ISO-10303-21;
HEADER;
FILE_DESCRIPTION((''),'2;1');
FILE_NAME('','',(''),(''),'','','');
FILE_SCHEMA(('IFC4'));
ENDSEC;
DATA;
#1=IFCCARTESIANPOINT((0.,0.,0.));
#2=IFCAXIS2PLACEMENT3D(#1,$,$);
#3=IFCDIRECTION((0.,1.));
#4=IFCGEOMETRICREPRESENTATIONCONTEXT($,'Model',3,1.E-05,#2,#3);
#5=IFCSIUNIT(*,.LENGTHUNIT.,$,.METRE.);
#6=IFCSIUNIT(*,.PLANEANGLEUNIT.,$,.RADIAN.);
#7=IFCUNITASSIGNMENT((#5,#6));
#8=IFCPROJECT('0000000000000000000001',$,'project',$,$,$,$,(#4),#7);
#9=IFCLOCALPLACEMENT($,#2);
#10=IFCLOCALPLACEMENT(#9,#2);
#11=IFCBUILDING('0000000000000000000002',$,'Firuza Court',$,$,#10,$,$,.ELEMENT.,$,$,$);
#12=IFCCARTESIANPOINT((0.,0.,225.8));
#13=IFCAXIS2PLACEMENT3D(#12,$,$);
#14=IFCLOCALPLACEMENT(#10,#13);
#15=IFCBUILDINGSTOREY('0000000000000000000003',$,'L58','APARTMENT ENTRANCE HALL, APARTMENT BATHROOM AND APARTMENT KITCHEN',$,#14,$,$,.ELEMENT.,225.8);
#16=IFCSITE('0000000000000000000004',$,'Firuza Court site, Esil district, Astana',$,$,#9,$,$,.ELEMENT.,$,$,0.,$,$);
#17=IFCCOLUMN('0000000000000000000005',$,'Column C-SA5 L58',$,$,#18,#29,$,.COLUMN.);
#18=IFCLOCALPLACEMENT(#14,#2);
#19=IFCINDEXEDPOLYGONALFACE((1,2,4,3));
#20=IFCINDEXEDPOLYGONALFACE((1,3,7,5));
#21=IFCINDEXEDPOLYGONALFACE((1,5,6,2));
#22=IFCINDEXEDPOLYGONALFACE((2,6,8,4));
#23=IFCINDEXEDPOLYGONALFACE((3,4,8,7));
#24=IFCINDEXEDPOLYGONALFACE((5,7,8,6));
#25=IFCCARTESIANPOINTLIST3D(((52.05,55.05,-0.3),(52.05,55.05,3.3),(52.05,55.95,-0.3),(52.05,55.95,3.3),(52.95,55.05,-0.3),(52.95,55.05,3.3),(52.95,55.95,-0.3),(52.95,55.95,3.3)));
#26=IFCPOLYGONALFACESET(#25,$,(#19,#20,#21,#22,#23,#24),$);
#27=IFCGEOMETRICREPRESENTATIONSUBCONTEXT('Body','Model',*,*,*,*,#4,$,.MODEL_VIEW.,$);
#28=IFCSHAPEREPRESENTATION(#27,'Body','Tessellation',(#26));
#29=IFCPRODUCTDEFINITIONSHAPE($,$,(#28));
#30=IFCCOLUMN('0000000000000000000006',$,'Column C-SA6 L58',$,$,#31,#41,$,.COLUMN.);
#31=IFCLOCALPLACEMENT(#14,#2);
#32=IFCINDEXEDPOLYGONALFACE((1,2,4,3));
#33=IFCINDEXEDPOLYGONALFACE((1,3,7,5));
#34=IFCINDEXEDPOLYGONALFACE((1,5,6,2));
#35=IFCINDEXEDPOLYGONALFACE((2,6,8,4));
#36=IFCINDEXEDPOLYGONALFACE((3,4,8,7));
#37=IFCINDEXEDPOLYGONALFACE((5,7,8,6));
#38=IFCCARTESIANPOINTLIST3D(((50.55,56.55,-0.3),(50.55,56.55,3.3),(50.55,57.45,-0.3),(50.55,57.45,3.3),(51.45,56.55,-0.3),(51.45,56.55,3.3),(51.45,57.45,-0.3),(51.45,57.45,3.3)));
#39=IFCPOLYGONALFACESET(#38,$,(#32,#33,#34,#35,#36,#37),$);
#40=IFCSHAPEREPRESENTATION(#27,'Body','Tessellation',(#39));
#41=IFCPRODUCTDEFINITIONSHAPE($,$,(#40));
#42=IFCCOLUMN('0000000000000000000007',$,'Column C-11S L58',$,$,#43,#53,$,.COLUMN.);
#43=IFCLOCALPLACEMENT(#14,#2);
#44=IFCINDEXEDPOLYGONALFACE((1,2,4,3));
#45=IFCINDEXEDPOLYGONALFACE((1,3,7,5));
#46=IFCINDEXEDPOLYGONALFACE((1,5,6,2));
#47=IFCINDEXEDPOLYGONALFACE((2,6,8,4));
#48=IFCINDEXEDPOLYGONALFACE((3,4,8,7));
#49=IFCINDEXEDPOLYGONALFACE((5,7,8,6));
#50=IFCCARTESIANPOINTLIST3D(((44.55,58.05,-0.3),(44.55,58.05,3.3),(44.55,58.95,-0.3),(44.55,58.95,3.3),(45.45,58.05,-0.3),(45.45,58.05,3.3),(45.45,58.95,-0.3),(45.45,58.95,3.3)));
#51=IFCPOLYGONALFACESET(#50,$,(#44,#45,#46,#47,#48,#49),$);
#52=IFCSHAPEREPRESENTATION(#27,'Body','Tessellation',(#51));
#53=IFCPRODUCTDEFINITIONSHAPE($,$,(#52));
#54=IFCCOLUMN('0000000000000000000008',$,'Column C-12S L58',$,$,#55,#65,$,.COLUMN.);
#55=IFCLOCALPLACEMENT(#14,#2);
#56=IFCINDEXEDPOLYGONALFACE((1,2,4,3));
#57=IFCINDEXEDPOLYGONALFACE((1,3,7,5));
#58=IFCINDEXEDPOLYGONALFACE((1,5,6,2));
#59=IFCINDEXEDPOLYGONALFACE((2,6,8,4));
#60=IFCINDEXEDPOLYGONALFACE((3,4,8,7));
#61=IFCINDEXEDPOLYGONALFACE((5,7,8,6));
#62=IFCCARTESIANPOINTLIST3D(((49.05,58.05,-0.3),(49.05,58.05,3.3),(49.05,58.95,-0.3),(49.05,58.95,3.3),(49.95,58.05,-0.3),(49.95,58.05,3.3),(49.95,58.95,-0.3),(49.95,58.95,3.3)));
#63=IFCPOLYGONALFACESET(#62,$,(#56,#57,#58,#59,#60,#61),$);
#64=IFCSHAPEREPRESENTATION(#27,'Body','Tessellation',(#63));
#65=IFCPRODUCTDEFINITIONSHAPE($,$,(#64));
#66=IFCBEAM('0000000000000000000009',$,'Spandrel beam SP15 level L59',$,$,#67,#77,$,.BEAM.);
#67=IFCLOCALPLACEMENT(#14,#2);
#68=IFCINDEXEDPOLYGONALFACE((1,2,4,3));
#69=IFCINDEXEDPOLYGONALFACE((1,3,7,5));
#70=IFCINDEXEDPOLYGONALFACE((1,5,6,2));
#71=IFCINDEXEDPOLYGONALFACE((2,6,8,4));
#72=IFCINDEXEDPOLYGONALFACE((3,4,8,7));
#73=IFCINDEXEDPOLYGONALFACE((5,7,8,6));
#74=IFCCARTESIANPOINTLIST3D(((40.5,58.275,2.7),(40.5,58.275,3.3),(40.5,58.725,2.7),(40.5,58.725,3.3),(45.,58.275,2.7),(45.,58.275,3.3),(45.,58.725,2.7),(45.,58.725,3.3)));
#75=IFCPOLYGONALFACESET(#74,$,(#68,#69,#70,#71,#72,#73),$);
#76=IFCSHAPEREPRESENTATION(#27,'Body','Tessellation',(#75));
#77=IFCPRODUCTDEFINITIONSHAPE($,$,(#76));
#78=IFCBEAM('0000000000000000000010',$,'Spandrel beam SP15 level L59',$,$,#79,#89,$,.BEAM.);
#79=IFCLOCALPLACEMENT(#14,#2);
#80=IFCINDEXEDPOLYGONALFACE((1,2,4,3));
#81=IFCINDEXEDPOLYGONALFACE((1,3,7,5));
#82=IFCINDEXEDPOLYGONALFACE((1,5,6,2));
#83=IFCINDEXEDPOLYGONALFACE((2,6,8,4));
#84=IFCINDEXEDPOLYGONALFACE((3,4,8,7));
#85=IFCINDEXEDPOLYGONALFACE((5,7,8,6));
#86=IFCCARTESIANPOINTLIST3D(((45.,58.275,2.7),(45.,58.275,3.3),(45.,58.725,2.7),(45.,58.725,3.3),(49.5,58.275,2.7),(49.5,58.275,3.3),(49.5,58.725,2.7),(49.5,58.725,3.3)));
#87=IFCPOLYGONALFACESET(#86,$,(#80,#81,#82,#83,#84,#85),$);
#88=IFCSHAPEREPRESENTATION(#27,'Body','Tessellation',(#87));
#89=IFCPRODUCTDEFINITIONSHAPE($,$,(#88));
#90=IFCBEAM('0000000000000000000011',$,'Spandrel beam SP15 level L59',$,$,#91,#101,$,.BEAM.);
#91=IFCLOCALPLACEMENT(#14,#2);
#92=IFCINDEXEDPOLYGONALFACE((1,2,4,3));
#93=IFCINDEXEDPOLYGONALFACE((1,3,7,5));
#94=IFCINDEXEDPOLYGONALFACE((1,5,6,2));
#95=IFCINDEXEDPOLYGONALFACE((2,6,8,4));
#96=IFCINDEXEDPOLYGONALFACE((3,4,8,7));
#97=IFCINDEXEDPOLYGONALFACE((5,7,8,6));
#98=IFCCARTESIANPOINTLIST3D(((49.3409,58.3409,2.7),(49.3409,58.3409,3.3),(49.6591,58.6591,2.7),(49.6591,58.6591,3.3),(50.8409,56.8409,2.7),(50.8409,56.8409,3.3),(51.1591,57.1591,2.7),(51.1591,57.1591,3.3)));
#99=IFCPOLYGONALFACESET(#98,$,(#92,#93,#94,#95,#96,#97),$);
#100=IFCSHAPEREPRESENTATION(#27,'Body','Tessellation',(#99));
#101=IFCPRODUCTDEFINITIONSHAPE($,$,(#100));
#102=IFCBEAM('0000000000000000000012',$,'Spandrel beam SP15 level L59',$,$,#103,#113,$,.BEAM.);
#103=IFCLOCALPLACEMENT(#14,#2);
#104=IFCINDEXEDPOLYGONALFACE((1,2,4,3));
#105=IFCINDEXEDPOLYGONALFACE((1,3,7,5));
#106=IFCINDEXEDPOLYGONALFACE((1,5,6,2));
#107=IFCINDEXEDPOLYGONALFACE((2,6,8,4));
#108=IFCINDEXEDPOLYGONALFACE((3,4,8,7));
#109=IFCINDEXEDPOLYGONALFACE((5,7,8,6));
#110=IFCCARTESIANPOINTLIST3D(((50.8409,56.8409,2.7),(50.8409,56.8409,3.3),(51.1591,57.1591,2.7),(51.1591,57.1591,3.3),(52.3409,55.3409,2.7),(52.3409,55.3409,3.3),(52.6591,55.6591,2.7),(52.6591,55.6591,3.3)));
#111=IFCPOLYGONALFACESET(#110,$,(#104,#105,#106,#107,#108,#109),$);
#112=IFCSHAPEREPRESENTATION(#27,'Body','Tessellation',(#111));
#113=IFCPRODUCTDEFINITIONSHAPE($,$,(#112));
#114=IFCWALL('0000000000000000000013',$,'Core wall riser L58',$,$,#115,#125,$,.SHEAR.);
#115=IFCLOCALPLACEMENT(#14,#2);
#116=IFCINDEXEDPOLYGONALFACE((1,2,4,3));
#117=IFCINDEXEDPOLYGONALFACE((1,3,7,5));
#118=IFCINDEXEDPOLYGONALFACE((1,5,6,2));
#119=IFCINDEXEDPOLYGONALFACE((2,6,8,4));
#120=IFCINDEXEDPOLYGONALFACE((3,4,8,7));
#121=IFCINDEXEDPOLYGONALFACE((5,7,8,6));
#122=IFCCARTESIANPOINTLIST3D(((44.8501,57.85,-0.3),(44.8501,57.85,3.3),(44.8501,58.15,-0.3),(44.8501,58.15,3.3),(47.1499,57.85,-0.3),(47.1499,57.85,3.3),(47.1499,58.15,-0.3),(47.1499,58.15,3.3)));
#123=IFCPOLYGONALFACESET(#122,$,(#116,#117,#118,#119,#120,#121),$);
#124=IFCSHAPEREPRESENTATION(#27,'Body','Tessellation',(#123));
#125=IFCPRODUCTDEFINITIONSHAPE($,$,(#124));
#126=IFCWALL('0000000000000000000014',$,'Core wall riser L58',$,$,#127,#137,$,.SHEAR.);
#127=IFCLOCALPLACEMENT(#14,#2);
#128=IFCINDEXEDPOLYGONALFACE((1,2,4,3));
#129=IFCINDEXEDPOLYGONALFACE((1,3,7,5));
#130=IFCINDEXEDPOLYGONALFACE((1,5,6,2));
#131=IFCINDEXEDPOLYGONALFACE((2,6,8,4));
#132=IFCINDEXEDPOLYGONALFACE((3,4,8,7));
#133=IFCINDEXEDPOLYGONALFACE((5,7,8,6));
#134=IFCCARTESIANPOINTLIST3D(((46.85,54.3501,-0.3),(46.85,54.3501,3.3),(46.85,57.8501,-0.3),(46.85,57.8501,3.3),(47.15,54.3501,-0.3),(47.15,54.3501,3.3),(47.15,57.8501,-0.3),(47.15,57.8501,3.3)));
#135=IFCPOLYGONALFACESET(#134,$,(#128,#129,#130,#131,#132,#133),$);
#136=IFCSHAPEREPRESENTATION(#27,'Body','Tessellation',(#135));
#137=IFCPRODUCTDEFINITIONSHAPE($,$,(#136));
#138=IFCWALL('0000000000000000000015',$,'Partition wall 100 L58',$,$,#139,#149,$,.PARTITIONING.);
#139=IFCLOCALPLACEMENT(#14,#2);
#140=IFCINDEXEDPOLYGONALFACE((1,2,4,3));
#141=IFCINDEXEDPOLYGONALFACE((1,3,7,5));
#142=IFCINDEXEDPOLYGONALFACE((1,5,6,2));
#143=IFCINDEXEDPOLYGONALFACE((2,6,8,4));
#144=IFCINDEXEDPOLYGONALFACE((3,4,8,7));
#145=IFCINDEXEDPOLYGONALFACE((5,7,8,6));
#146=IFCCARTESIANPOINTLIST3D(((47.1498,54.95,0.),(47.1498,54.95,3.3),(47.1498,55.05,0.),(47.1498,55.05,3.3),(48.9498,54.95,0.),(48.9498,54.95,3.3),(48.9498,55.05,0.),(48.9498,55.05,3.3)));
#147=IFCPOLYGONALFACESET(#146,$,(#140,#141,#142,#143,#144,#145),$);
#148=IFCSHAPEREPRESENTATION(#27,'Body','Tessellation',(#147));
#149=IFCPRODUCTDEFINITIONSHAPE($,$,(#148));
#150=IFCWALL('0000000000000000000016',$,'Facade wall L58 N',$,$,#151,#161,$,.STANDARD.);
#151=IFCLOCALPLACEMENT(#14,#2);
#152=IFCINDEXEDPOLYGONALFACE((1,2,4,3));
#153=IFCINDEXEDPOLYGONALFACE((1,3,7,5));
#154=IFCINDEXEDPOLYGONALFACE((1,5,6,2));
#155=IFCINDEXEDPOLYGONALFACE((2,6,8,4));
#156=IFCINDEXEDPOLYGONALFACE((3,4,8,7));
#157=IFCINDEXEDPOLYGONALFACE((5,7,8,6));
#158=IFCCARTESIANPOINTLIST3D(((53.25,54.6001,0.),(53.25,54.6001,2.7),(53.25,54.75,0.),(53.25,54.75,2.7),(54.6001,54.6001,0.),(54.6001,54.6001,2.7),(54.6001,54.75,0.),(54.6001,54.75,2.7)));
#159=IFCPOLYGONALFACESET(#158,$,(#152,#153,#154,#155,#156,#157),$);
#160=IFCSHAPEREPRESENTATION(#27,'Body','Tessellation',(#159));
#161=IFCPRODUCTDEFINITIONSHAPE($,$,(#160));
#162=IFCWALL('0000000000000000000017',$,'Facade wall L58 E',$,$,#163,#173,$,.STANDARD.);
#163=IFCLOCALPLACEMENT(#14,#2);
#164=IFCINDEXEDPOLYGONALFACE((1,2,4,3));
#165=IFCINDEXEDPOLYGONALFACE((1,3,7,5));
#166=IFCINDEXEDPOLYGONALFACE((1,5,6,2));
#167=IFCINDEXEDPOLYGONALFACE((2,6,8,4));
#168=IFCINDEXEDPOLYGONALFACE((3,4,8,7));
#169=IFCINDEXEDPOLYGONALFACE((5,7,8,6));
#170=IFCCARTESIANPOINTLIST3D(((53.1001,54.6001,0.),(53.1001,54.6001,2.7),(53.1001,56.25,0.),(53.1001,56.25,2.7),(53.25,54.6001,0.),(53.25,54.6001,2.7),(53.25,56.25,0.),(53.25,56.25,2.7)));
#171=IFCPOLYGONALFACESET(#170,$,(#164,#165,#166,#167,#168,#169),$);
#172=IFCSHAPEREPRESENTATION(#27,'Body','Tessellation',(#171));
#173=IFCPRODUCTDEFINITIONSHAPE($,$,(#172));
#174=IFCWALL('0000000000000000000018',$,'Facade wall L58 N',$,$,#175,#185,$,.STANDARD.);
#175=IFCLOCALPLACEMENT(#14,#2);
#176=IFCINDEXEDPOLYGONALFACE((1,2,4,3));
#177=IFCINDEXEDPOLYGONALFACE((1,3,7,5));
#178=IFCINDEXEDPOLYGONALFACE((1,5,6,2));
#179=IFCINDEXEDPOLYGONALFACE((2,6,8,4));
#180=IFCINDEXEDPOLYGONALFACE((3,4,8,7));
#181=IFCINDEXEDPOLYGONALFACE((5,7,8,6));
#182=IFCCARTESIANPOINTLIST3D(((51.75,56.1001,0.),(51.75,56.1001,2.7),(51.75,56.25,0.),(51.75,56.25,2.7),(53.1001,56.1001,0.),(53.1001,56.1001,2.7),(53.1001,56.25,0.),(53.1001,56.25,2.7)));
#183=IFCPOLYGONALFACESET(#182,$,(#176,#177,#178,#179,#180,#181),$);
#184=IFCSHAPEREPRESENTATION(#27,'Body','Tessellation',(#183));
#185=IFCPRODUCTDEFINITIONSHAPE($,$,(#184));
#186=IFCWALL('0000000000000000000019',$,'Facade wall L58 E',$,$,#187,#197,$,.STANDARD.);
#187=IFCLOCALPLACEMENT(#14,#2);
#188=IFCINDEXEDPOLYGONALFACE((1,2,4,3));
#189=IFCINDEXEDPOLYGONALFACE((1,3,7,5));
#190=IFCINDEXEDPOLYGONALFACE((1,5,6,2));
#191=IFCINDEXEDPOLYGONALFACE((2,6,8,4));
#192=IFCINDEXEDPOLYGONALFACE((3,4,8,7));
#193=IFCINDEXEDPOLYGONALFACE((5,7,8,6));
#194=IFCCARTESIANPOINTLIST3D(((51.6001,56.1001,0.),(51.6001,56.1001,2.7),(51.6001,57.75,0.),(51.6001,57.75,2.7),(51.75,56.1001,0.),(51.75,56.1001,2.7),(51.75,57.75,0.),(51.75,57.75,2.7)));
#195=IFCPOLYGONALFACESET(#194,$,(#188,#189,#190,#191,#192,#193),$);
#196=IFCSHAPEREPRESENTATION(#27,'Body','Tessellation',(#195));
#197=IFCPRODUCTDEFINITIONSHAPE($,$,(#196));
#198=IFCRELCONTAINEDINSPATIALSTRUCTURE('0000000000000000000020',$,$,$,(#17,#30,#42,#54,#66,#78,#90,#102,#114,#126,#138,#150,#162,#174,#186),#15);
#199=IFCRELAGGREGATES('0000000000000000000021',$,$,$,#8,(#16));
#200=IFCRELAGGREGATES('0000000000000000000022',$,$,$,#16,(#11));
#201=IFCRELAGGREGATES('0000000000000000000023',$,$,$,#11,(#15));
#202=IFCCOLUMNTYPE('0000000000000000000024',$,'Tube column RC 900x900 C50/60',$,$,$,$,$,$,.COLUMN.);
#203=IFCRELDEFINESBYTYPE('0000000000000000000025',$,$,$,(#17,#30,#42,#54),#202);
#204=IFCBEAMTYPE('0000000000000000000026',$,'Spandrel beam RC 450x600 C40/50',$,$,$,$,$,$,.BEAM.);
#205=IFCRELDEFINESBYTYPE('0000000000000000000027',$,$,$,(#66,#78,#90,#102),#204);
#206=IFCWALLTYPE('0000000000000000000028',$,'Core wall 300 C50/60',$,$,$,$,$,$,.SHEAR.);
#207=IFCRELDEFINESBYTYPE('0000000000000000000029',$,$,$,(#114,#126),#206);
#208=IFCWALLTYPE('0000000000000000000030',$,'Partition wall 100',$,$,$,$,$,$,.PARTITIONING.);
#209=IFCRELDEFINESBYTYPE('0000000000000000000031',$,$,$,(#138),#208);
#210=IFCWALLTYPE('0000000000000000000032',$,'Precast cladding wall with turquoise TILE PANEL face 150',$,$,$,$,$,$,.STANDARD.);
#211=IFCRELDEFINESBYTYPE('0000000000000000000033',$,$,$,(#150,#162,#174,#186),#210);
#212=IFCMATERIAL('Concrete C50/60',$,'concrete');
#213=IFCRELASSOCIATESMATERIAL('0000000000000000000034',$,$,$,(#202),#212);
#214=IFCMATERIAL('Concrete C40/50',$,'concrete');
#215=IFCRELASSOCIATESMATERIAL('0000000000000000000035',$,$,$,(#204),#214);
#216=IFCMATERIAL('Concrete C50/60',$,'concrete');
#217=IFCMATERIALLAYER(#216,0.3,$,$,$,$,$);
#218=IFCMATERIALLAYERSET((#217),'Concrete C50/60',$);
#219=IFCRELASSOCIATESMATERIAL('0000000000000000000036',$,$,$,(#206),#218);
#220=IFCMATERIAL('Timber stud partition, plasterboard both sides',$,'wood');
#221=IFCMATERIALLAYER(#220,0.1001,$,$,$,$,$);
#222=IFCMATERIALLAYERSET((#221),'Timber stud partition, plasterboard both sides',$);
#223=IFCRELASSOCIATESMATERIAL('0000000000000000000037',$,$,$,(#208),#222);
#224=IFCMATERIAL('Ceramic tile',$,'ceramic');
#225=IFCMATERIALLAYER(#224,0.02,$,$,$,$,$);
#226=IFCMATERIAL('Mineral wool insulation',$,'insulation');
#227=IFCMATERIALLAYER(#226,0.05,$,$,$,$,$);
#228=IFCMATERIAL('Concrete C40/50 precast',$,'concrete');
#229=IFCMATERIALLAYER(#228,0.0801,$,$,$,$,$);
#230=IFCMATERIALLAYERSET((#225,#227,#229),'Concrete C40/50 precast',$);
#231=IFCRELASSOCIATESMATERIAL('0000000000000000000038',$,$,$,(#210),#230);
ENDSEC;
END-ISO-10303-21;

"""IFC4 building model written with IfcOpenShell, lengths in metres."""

from ifc_helpers import new_model, si_unit, direction, frame, frame_2d, origin, origin_2d, place, context, subcontext, project, spatial, rectangle, extrude, material, layer, layer_set, material_profile, profile_set, type_object, element, save


model = new_model("IFC4")

# Units and contexts
model_context = context("Model", 3, precision=1e-05, world=origin(), true_north=direction((0.0, 1.0)))
body_context = subcontext(model_context, "Body", "Model", "MODEL_VIEW")
ifc_project = project(units=[si_unit("LENGTHUNIT", "METRE"), si_unit("PLANEANGLEUNIT", "RADIAN")], contexts=[model_context])

# Site, building, storey
site_placement = place(None, origin())
site = spatial("IfcSite", under=ifc_project, at=site_placement, Name="Firuza Court site, Esil district, Astana", CompositionType="ELEMENT", RefElevation=0.0)
building_placement = place(site_placement, origin())
building = spatial("IfcBuilding", under=site, at=building_placement, Name="Firuza Court", CompositionType="ELEMENT")
storey_placement = place(building_placement, frame((0.0, 0.0, 225.8)))
storey = spatial("IfcBuildingStorey", under=building, at=storey_placement, Name="L58", Description="APARTMENT ENTRANCE HALL, APARTMENT BATHROOM AND APARTMENT KITCHEN", CompositionType="ELEMENT", Elevation=225.8)

# Columns
ifc_material_1 = material(Name="Concrete C50/60", Category="concrete")
ifc_material_profile_1 = material_profile(ifc_material_1, rectangle(XDim=0.8999, YDim=0.8999, at=origin_2d()), Name="RC 900x900")
ifc_profile_set_1 = profile_set([ifc_material_profile_1], Name="Concrete C50/60")
column_type = type_object("IfcColumnType", Name="Tube column RC 900x900 C50/60", PredefinedType="COLUMN", material=ifc_profile_set_1)
for number, where, z_axis, x_axis, name in (
    (1, (52.5, 55.5, -0.3), (0.0, 0.0, 1.0), (1.0, 0.0, 0.0), "Column C-SA5 L58"),
    (2, (51.0, 57.0, -0.3), (0.0, 0.0, 1.0), (1.0, 0.0, 0.0), "Column C-SA6 L58"),
    (3, (45.0, 58.5, -0.3), (0.0, 0.0, 1.0), (1.0, 0.0, 0.0), "Column C-11S L58"),
    (4, (49.5, 58.5, -0.3), (0.0, 0.0, 1.0), (1.0, 0.0, 0.0), "Column C-12S L58"),
):
    element("IfcColumn", number, at=place(storey_placement, frame(where, z_axis=z_axis, x_axis=x_axis)), inside=storey, type_object=column_type, Name=name, PredefinedType="COLUMN", context=body_context, shape_type="SweptSolid", body=[
        extrude(rectangle(XDim=0.8999, YDim=0.8999, at=origin_2d()), origin(), (0.0, 0.0, 1.0), 3.6001),
    ])

# Beams
ifc_material_2 = material(Name="Concrete C40/50", Category="concrete")
ifc_material_profile_2 = material_profile(ifc_material_2, rectangle(XDim=0.45, YDim=0.6001, at=origin_2d()), Name="RC 450x600")
ifc_profile_set_2 = profile_set([ifc_material_profile_2], Name="Concrete C40/50")
beam_type = type_object("IfcBeamType", Name="Spandrel beam RC 450x600 C40/50", PredefinedType="BEAM", material=ifc_profile_set_2)
for number, where, z_axis, x_axis, name in (
    (5, (45.0, 58.5, 3.0), (-1.0, 0.0, 0.0), (0.0, -1.0, 0.0), "Spandrel beam SP15 level L59"),
    (6, (49.5, 58.5, 3.0), (-1.0, 0.0, 0.0), (0.0, -1.0, 0.0), "Spandrel beam SP15 level L59"),
):
    element("IfcBeam", number, at=place(storey_placement, frame(where, z_axis=z_axis, x_axis=x_axis)), inside=storey, type_object=beam_type, Name=name, PredefinedType="BEAM", context=body_context, shape_type="SweptSolid", body=[
        extrude(rectangle(XDim=0.45, YDim=0.6001, at=origin_2d()), origin(), (0.0, 0.0, 1.0), 4.5),
    ])
for number, where, z_axis, x_axis, name in (
    (7, (51.0, 57.0, 3.0), (-0.707107, 0.707107, 0.0), (-0.707107, -0.707107, 0.0), "Spandrel beam SP15 level L59"),
    (8, (52.5, 55.5, 3.0), (-0.707107, 0.707107, 0.0), (-0.707107, -0.707107, 0.0), "Spandrel beam SP15 level L59"),
):
    element("IfcBeam", number, at=place(storey_placement, frame(where, z_axis=z_axis, x_axis=x_axis)), inside=storey, type_object=beam_type, Name=name, PredefinedType="BEAM", context=body_context, shape_type="SweptSolid", body=[
        extrude(rectangle(XDim=0.45, YDim=0.6001, at=origin_2d()), origin(), (0.0, 0.0, 1.0), 2.1213),
    ])

# Walls
ifc_material_3 = material(Name="Concrete C50/60", Category="concrete")
ifc_layer_1 = layer(ifc_material_3, 0.3)
ifc_layer_set_1 = layer_set([ifc_layer_1], Name="Concrete C50/60")
wall_type_1 = type_object("IfcWallType", Name="Core wall 300 C50/60", PredefinedType="SHEAR", material=ifc_layer_set_1)
wall_1_placement = place(storey_placement, frame((44.8501, 58.0, -0.3), z_axis=(0.0, 0.0, 1.0), x_axis=(1.0, 0.0, 0.0)))
element("IfcWall", 9, at=wall_1_placement, inside=storey, type_object=wall_type_1, Name="Core wall riser L58", PredefinedType="SHEAR", context=body_context, shape_type="SweptSolid", body=[
    extrude(rectangle(XDim=2.2998, YDim=0.3, at=frame_2d((1.1499, 0.0))), origin(), (0.0, 0.0, 1.0), 3.6001),
])
wall_2_placement = place(storey_placement, frame((47.0, 54.3501, -0.3), z_axis=(0.0, 0.0, 1.0), x_axis=(0.0, 1.0, 0.0)))
element("IfcWall", 10, at=wall_2_placement, inside=storey, type_object=wall_type_1, Name="Core wall riser L58", PredefinedType="SHEAR", context=body_context, shape_type="SweptSolid", body=[
    extrude(rectangle(XDim=3.5, YDim=0.3, at=frame_2d((1.75, 0.0))), origin(), (0.0, 0.0, 1.0), 3.6001),
])
ifc_material_4 = material(Name="Timber stud partition, plasterboard both sides", Category="wood")
ifc_layer_2 = layer(ifc_material_4, 0.1001)
ifc_layer_set_2 = layer_set([ifc_layer_2], Name="Timber stud partition, plasterboard both sides")
wall_type_2 = type_object("IfcWallType", Name="Partition wall 100", PredefinedType="PARTITIONING", material=ifc_layer_set_2)
wall_3_placement = place(storey_placement, frame((47.1499, 55.0, 0.0), z_axis=(0.0, 0.0, 1.0), x_axis=(1.0, 0.0, 0.0)))
element("IfcWall", 11, at=wall_3_placement, inside=storey, type_object=wall_type_2, Name="Partition wall 100 L58", PredefinedType="PARTITIONING", context=body_context, shape_type="SweptSolid", body=[
    extrude(rectangle(XDim=1.8, YDim=0.1001, at=frame_2d((0.8999, 0.0))), origin(), (0.0, 0.0, 1.0), 3.3),
])
ifc_material_5 = material(Name="Ceramic tile", Category="ceramic")
ifc_layer_3 = layer(ifc_material_5, 0.02)
ifc_material_6 = material(Name="Mineral wool insulation", Category="insulation")
ifc_layer_4 = layer(ifc_material_6, 0.05)
ifc_material_7 = material(Name="Concrete C40/50 precast", Category="concrete")
ifc_layer_5 = layer(ifc_material_7, 0.0801)
ifc_layer_set_3 = layer_set([ifc_layer_3, ifc_layer_4, ifc_layer_5], Name="Concrete C40/50 precast")
wall_type_3 = type_object("IfcWallType", Name="Precast cladding wall with turquoise TILE PANEL face 150", PredefinedType="STANDARD", material=ifc_layer_set_3)
wall_4_placement = place(storey_placement, frame((54.6001, 54.675, 0.0), z_axis=(0.0, 0.0, 1.0), x_axis=(-1.0, 0.0, 0.0)))
element("IfcWall", 12, at=wall_4_placement, inside=storey, type_object=wall_type_3, Name="Facade wall L58 N", PredefinedType="STANDARD", context=body_context, shape_type="SweptSolid", body=[
    extrude(rectangle(XDim=1.3501, YDim=0.1499, at=frame_2d((0.675, 0.0))), origin(), (0.0, 0.0, 1.0), 2.7),
])
wall_5_placement = place(storey_placement, frame((53.175, 54.6001, 0.0), z_axis=(0.0, 0.0, 1.0), x_axis=(0.0, 1.0, 0.0)))
element("IfcWall", 13, at=wall_5_placement, inside=storey, type_object=wall_type_3, Name="Facade wall L58 E", PredefinedType="STANDARD", context=body_context, shape_type="SweptSolid", body=[
    extrude(rectangle(XDim=1.6499, YDim=0.1499, at=frame_2d((0.825, 0.0))), origin(), (0.0, 0.0, 1.0), 2.7),
])
wall_6_placement = place(storey_placement, frame((53.1001, 56.175, 0.0), z_axis=(0.0, 0.0, 1.0), x_axis=(-1.0, 0.0, 0.0)))
element("IfcWall", 14, at=wall_6_placement, inside=storey, type_object=wall_type_3, Name="Facade wall L58 N", PredefinedType="STANDARD", context=body_context, shape_type="SweptSolid", body=[
    extrude(rectangle(XDim=1.3501, YDim=0.1499, at=frame_2d((0.675, 0.0))), origin(), (0.0, 0.0, 1.0), 2.7),
])
wall_7_placement = place(storey_placement, frame((51.675, 56.1001, 0.0), z_axis=(0.0, 0.0, 1.0), x_axis=(0.0, 1.0, 0.0)))
element("IfcWall", 15, at=wall_7_placement, inside=storey, type_object=wall_type_3, Name="Facade wall L58 E", PredefinedType="STANDARD", context=body_context, shape_type="SweptSolid", body=[
    extrude(rectangle(XDim=1.6499, YDim=0.1499, at=frame_2d((0.825, 0.0))), origin(), (0.0, 0.0, 1.0), 2.7),
])

save(model, "model.ifc")
